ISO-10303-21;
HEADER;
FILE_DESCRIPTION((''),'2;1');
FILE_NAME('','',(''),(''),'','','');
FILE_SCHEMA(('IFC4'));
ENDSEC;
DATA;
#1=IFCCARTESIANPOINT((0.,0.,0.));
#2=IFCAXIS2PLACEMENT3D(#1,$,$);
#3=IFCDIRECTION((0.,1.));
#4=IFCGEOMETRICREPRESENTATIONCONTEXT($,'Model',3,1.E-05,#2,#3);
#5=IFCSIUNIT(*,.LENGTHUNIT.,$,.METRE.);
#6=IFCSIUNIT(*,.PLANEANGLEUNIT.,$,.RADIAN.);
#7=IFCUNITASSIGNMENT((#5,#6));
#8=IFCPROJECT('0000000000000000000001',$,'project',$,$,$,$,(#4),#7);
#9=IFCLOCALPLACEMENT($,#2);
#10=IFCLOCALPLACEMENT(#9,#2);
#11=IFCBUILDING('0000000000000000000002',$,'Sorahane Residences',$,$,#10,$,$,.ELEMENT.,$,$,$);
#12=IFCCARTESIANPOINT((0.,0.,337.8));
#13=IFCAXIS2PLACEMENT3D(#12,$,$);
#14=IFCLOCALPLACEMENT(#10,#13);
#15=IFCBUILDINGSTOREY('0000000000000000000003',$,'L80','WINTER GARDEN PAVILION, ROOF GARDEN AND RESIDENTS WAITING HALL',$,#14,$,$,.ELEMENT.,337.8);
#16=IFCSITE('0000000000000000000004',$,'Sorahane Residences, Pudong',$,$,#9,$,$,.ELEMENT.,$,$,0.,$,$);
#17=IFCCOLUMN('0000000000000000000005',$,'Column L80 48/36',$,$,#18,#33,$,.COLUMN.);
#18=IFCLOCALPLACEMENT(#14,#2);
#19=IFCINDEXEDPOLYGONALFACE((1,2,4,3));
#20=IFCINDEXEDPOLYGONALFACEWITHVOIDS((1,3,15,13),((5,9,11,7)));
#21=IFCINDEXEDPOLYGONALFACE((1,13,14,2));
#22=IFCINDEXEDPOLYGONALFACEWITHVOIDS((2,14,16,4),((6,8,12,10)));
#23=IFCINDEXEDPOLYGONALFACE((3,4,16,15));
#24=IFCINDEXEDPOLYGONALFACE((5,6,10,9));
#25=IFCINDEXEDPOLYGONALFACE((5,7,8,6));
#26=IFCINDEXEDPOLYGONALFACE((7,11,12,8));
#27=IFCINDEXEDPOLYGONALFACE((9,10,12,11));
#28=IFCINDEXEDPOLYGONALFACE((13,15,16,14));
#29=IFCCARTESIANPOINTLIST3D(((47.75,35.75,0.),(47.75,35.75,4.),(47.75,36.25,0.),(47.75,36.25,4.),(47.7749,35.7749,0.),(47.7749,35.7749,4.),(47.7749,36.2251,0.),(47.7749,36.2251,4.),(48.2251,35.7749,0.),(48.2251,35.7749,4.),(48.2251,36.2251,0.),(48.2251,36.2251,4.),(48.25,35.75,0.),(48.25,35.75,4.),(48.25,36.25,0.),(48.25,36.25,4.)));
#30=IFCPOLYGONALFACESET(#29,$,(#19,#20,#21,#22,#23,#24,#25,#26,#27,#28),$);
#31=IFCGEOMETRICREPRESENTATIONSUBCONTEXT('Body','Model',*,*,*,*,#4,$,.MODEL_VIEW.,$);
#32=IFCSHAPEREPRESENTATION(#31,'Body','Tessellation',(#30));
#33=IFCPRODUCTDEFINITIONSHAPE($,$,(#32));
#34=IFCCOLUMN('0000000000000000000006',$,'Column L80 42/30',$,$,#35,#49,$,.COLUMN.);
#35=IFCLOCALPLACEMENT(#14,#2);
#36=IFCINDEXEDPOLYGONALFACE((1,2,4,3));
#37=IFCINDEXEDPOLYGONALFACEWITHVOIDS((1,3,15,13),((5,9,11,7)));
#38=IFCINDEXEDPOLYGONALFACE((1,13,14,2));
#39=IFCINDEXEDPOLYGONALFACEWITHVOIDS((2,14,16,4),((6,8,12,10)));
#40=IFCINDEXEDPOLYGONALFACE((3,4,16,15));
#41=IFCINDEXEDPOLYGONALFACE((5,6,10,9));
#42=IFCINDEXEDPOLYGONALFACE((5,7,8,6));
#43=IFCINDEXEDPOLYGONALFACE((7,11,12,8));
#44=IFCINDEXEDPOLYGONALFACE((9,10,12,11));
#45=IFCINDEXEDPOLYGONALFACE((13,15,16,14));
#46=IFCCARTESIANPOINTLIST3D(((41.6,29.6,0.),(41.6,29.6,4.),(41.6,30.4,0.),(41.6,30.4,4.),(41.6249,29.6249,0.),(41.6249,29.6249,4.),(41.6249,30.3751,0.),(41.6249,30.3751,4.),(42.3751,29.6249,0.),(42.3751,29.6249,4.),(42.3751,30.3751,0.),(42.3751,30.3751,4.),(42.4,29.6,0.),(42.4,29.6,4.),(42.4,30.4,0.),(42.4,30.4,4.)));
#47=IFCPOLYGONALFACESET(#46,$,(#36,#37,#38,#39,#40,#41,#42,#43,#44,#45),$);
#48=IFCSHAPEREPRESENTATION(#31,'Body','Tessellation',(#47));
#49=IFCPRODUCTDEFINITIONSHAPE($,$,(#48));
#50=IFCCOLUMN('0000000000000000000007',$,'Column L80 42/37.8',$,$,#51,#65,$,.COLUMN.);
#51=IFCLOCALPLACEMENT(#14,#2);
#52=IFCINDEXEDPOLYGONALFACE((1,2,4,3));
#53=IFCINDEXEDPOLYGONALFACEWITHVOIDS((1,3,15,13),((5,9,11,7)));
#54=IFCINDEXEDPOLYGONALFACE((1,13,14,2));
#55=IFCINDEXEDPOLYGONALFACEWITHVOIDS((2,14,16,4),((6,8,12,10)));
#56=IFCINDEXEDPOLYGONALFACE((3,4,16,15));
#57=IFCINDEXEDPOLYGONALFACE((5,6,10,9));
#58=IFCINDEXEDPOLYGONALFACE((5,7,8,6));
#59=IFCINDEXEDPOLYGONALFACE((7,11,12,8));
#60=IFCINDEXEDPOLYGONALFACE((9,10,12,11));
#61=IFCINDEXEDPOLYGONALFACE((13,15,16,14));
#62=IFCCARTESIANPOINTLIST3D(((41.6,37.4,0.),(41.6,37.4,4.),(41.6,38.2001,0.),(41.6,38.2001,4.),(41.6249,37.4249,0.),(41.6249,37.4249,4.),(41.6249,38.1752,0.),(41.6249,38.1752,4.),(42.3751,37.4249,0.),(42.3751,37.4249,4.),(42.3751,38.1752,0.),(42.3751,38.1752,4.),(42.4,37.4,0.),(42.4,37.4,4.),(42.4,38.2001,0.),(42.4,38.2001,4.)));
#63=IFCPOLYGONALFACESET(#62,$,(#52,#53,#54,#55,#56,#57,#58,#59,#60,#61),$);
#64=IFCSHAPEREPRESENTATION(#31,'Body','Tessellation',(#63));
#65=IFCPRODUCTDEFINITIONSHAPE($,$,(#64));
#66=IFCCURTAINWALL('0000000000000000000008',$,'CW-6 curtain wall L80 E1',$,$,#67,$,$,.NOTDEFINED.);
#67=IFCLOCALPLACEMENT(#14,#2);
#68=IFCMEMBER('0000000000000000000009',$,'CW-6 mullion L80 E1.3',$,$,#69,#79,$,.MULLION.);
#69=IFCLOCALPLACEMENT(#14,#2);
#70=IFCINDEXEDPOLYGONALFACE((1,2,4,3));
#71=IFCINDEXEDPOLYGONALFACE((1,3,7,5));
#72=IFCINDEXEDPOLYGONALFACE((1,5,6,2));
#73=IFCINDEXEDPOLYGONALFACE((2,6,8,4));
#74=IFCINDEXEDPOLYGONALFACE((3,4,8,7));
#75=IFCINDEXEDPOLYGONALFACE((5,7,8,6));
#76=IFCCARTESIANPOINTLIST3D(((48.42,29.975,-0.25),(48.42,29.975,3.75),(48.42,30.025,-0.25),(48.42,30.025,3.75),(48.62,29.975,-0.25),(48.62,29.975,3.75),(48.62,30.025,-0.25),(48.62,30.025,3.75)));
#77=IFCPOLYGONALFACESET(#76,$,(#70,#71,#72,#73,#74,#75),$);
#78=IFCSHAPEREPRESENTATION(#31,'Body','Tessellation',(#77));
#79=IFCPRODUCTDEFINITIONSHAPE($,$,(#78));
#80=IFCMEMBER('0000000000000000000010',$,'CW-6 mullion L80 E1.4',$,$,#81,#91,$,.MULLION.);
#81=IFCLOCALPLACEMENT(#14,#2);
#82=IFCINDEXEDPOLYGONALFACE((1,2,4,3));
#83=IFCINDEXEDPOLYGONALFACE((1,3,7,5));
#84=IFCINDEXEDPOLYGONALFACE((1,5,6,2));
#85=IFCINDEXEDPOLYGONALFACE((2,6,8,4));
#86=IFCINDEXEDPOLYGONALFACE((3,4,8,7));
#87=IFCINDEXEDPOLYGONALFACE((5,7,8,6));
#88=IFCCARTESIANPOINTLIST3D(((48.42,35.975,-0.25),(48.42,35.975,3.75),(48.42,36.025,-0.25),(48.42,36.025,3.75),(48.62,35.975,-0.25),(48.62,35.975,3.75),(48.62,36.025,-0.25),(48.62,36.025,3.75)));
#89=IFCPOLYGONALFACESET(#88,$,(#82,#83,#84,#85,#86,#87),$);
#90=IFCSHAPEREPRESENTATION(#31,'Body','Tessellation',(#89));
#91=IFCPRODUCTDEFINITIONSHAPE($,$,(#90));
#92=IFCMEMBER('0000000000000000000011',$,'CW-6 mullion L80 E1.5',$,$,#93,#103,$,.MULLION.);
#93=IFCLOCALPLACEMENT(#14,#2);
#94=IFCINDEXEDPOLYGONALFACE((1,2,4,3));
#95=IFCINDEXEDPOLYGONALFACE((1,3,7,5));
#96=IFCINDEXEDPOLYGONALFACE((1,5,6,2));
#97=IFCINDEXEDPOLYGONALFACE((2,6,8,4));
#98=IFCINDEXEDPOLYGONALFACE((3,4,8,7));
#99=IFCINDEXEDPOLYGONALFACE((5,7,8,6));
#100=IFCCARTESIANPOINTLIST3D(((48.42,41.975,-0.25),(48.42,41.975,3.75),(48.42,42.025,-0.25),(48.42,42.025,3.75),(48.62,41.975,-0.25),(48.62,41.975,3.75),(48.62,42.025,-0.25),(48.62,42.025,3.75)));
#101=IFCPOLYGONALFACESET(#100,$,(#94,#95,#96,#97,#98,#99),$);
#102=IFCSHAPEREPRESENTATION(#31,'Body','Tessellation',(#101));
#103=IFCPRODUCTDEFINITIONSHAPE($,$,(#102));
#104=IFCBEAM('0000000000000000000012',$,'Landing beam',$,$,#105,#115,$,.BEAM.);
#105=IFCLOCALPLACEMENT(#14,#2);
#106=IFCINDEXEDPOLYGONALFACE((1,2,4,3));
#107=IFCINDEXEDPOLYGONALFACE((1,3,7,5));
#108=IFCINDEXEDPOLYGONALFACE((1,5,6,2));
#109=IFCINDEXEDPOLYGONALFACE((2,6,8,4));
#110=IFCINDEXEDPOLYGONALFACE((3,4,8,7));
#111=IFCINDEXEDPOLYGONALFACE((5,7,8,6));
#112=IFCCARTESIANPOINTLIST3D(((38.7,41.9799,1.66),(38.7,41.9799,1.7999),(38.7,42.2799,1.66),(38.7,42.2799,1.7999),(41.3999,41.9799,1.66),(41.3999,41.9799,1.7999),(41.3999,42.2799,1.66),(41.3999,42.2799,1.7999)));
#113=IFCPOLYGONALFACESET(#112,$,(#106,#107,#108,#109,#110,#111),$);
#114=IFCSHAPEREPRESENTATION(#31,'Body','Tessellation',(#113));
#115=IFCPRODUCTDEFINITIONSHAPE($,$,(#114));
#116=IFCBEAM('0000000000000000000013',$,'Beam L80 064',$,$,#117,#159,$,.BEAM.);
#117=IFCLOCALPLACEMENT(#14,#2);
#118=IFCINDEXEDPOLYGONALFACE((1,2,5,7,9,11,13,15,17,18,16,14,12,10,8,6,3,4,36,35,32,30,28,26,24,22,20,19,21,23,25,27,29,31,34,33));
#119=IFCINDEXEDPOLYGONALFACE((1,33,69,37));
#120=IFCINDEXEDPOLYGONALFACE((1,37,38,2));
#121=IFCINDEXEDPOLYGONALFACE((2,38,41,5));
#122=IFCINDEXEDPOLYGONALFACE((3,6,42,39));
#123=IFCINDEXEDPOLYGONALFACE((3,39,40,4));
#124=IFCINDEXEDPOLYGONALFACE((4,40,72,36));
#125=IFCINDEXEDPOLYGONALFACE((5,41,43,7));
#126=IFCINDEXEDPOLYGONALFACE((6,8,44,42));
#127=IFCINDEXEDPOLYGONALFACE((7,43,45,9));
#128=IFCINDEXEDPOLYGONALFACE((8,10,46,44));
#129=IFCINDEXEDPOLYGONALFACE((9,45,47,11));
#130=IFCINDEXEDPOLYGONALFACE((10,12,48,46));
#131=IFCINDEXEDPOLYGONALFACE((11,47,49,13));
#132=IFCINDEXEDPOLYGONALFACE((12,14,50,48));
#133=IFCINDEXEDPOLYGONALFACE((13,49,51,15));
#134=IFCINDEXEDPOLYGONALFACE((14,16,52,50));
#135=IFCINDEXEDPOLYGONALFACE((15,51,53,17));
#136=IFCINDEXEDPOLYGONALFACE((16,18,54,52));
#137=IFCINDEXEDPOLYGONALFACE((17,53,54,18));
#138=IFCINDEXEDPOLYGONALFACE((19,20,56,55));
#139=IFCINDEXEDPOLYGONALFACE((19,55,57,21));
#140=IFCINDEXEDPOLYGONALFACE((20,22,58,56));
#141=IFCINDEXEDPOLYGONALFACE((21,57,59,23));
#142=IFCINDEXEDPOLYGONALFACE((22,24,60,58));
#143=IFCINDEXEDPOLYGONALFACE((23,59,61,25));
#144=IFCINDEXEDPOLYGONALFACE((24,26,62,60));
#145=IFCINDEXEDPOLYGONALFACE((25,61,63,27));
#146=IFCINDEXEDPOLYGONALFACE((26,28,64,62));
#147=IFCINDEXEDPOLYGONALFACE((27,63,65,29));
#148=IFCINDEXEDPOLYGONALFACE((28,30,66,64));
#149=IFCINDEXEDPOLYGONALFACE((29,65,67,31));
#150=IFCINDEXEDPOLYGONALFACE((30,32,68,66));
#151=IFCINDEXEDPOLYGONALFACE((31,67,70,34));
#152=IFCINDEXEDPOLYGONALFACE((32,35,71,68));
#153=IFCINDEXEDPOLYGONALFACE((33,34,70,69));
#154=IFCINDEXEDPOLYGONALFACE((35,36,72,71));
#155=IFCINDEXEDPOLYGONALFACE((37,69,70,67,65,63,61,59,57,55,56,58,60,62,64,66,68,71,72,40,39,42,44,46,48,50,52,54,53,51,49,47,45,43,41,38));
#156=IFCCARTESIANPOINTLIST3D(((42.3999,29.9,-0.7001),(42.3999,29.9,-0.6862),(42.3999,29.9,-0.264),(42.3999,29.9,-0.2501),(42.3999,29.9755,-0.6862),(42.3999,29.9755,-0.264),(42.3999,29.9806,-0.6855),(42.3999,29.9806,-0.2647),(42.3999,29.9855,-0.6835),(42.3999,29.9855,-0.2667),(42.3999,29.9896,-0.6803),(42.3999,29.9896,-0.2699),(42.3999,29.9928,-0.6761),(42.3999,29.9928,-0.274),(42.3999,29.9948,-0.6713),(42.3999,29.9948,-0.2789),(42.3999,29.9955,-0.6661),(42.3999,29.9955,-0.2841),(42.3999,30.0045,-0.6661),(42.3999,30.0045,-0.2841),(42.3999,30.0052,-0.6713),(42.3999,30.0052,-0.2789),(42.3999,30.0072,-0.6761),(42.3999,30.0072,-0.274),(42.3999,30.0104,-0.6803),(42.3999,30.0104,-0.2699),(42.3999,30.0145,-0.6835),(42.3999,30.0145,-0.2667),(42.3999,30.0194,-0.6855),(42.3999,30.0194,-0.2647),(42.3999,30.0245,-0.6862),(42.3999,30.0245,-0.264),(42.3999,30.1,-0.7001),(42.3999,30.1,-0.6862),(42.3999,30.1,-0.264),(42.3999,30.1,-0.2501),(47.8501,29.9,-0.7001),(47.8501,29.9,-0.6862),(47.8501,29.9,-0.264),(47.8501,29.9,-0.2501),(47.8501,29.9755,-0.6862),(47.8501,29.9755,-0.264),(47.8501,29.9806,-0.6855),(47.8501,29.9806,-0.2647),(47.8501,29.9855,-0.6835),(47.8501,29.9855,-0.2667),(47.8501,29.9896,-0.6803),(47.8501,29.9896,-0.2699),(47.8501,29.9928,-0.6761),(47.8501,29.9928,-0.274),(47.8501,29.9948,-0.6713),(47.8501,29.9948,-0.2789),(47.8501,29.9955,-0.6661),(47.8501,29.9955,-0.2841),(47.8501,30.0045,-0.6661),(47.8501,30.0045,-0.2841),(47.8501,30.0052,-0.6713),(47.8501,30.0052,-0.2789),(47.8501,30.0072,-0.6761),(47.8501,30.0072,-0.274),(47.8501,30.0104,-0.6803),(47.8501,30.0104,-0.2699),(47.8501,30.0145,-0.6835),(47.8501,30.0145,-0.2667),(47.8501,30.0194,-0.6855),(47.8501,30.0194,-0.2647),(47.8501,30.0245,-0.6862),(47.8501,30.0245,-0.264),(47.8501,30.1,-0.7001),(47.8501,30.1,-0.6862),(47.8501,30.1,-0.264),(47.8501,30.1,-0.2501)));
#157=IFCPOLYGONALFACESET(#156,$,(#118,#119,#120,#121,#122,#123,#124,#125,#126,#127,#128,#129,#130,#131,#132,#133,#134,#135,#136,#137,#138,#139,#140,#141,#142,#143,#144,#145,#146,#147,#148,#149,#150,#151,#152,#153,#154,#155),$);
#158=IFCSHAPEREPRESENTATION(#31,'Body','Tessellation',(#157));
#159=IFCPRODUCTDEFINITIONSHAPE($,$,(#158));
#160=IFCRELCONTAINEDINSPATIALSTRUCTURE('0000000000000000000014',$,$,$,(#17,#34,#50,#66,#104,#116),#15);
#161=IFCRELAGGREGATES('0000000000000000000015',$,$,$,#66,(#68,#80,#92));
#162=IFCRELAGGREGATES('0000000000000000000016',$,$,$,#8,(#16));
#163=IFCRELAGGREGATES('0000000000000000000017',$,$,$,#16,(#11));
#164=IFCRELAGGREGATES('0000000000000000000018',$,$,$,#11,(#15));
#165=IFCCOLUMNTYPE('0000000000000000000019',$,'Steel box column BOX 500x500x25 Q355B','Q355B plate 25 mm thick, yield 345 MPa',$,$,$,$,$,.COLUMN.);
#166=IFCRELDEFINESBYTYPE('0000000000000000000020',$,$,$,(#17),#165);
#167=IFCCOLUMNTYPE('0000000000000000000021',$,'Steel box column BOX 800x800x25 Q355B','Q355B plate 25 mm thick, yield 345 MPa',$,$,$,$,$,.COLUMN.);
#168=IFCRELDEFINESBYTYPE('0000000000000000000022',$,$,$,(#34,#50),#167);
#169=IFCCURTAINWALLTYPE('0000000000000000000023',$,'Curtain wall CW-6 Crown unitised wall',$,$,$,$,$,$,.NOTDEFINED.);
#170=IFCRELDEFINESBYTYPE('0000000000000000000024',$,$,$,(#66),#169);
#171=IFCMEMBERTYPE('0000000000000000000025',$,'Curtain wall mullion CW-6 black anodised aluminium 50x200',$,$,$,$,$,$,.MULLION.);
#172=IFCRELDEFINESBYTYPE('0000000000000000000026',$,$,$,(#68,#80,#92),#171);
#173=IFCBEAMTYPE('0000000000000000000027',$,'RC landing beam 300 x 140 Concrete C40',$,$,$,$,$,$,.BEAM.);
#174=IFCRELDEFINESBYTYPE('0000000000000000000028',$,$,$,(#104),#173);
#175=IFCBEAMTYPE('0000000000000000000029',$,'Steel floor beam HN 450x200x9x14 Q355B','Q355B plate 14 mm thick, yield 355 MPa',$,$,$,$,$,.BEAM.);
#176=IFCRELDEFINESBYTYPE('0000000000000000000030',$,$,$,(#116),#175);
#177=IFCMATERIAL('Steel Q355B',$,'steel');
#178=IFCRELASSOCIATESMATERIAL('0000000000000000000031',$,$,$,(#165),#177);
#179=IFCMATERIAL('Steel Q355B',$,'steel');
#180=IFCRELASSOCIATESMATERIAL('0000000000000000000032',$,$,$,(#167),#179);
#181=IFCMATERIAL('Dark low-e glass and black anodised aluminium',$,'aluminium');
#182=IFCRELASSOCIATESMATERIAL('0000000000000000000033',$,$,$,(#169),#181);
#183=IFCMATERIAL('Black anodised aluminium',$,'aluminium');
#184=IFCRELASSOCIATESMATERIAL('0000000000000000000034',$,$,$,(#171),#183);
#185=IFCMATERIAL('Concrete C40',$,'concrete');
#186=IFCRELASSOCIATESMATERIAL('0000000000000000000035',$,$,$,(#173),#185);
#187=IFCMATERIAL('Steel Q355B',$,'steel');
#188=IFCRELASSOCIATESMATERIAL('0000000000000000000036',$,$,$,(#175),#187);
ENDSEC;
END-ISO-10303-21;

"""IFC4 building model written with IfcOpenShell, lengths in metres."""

from ifc_helpers import new_model, si_unit, direction, frame, origin, origin_2d, place, context, subcontext, project, spatial, rectangle, hollow_rectangle, i_section, extrude, material, material_profile, profile_set, type_object, element, aggregate, save


model = new_model("IFC4")

# Units and contexts
model_context = context("Model", 3, precision=1e-05, world=origin(), true_north=direction((0.0, 1.0)))
body_context = subcontext(model_context, "Body", "Model", "MODEL_VIEW")
ifc_project = project(units=[si_unit("LENGTHUNIT", "METRE"), si_unit("PLANEANGLEUNIT", "RADIAN")], contexts=[model_context])

# Site, building, storey
site_placement = place(None, origin())
site = spatial("IfcSite", under=ifc_project, at=site_placement, Name="Sorahane Residences, Pudong", CompositionType="ELEMENT", RefElevation=0.0)
building_placement = place(site_placement, origin())
building = spatial("IfcBuilding", under=site, at=building_placement, Name="Sorahane Residences", CompositionType="ELEMENT")
storey_placement = place(building_placement, frame((0.0, 0.0, 337.8)))
storey = spatial("IfcBuildingStorey", under=building, at=storey_placement, Name="L80", Description="WINTER GARDEN PAVILION, ROOF GARDEN AND RESIDENTS WAITING HALL", CompositionType="ELEMENT", Elevation=337.8)

# Columns
ifc_material_1 = material(Name="Steel Q355B", Category="steel")
ifc_material_profile_1 = material_profile(ifc_material_1, hollow_rectangle(XDim=0.5, YDim=0.5, WallThickness=0.0249, at=origin_2d()), Name="BOX 500x500x25")
ifc_profile_set_1 = profile_set([ifc_material_profile_1], Name="Steel Q355B")
column_type_1 = type_object("IfcColumnType", Name="Steel box column BOX 500x500x25 Q355B", Description="Q355B plate 25 mm thick, yield 345 MPa", PredefinedType="COLUMN", material=ifc_profile_set_1)
column_placement = place(storey_placement, frame((48.0, 36.0, 0.0), z_axis=(0.0, 0.0, 1.0), x_axis=(1.0, 0.0, 0.0)))
element("IfcColumn", 1, at=column_placement, inside=storey, type_object=column_type_1, Name="Column L80 48/36", PredefinedType="COLUMN", context=body_context, shape_type="SweptSolid", body=[
    extrude(hollow_rectangle(XDim=0.5, YDim=0.5, WallThickness=0.0249, at=origin_2d()), origin(), (0.0, 0.0, 1.0), 4.0),
])
ifc_material_2 = material(Name="Steel Q355B", Category="steel")
ifc_material_profile_2 = material_profile(ifc_material_2, hollow_rectangle(XDim=0.8, YDim=0.8, WallThickness=0.0249, at=origin_2d()), Name="BOX 800x800x25")
ifc_profile_set_2 = profile_set([ifc_material_profile_2], Name="Steel Q355B")
column_type_2 = type_object("IfcColumnType", Name="Steel box column BOX 800x800x25 Q355B", Description="Q355B plate 25 mm thick, yield 345 MPa", PredefinedType="COLUMN", material=ifc_profile_set_2)
for number, where, z_axis, x_axis, name in (
    (2, (42.0, 30.0, 0.0), (0.0, 0.0, 1.0), (1.0, 0.0, 0.0), "Column L80 42/30"),
    (3, (42.0, 37.8, 0.0), (0.0, 0.0, 1.0), (1.0, 0.0, 0.0), "Column L80 42/37.8"),
):
    element("IfcColumn", number, at=place(storey_placement, frame(where, z_axis=z_axis, x_axis=x_axis)), inside=storey, type_object=column_type_2, Name=name, PredefinedType="COLUMN", context=body_context, shape_type="SweptSolid", body=[
        extrude(hollow_rectangle(XDim=0.8, YDim=0.8, WallThickness=0.0249, at=origin_2d()), origin(), (0.0, 0.0, 1.0), 4.0),
    ])

# Curtain wall, members
ifc_material_3 = material(Name="Dark low-e glass and black anodised aluminium", Category="aluminium")
curtain_wall_type = type_object("IfcCurtainWallType", Name="Curtain wall CW-6 Crown unitised wall", PredefinedType="NOTDEFINED", material=ifc_material_3)
curtain_wall_placement = place(storey_placement, origin())
curtain_wall = element("IfcCurtainWall", 4, at=curtain_wall_placement, inside=storey, type_object=curtain_wall_type, Name="CW-6 curtain wall L80 E1", PredefinedType="NOTDEFINED")
ifc_material_4 = material(Name="Black anodised aluminium", Category="aluminium")
ifc_material_profile_3 = material_profile(ifc_material_4, rectangle(XDim=0.2, YDim=0.05, at=origin_2d()), Name="Curtain wall mullion CW-6 black anodised aluminium 50x200")
ifc_profile_set_3 = profile_set([ifc_material_profile_3], Name="Black anodised aluminium")
member_type = type_object("IfcMemberType", Name="Curtain wall mullion CW-6 black anodised aluminium 50x200", PredefinedType="MULLION", material=ifc_profile_set_3)
member_1_placement = place(storey_placement, frame((48.52, 30.0, -0.25), z_axis=(0.0, 0.0, 1.0), x_axis=(1.0, 0.0, 0.0)))
member_1 = element("IfcMember", 5, at=member_1_placement, type_object=member_type, Name="CW-6 mullion L80 E1.3", PredefinedType="MULLION", context=body_context, shape_type="SweptSolid", body=[
    extrude(rectangle(XDim=0.2, YDim=0.05, at=origin_2d()), origin(), (0.0, 0.0, 1.0), 4.0),
])
member_2_placement = place(storey_placement, frame((48.52, 36.0, -0.25), z_axis=(0.0, 0.0, 1.0), x_axis=(1.0, 0.0, 0.0)))
member_2 = element("IfcMember", 6, at=member_2_placement, type_object=member_type, Name="CW-6 mullion L80 E1.4", PredefinedType="MULLION", context=body_context, shape_type="SweptSolid", body=[
    extrude(rectangle(XDim=0.2, YDim=0.05, at=origin_2d()), origin(), (0.0, 0.0, 1.0), 4.0),
])
member_3_placement = place(storey_placement, frame((48.52, 42.0, -0.25), z_axis=(0.0, 0.0, 1.0), x_axis=(1.0, 0.0, 0.0)))
member_3 = element("IfcMember", 7, at=member_3_placement, type_object=member_type, Name="CW-6 mullion L80 E1.5", PredefinedType="MULLION", context=body_context, shape_type="SweptSolid", body=[
    extrude(rectangle(XDim=0.2, YDim=0.05, at=origin_2d()), origin(), (0.0, 0.0, 1.0), 4.0),
])

# Beams
ifc_material_5 = material(Name="Concrete C40", Category="concrete")
ifc_material_profile_4 = material_profile(ifc_material_5, rectangle(XDim=0.3, YDim=0.1399, at=origin_2d()), Name="300x140")
ifc_profile_set_4 = profile_set([ifc_material_profile_4], Name="Concrete C40")
beam_type_1 = type_object("IfcBeamType", Name="RC landing beam 300 x 140 Concrete C40", PredefinedType="BEAM", material=ifc_profile_set_4)
beam_1_placement = place(storey_placement, frame((38.7, 42.1299, 1.73), z_axis=(1.0, 0.0, 0.0), x_axis=(0.0, 1.0, 0.0)))
element("IfcBeam", 8, at=beam_1_placement, inside=storey, type_object=beam_type_1, Name="Landing beam", PredefinedType="BEAM", context=body_context, shape_type="SweptSolid", body=[
    extrude(rectangle(XDim=0.3, YDim=0.1399, at=origin_2d()), origin(), (0.0, 0.0, 1.0), 2.7),
])
ifc_material_6 = material(Name="Steel Q355B", Category="steel")
ifc_material_profile_5 = material_profile(ifc_material_6, i_section(OverallWidth=0.2, OverallDepth=0.45, WebThickness=0.009, FlangeThickness=0.0139, FilletRadius=0.02, at=origin_2d()), Name="HN 450x200x9x14")
ifc_profile_set_5 = profile_set([ifc_material_profile_5], Name="Steel Q355B")
beam_type_2 = type_object("IfcBeamType", Name="Steel floor beam HN 450x200x9x14 Q355B", Description="Q355B plate 14 mm thick, yield 355 MPa", PredefinedType="BEAM", material=ifc_profile_set_5)
beam_2_placement = place(storey_placement, frame((42.3999, 30.0, -0.4751), z_axis=(1.0, 0.0, 0.0), x_axis=(0.0, 1.0, 0.0)))
element("IfcBeam", 9, at=beam_2_placement, inside=storey, type_object=beam_type_2, Name="Beam L80 064", PredefinedType="BEAM", context=body_context, shape_type="SweptSolid", body=[
    extrude(i_section(OverallWidth=0.2, OverallDepth=0.45, WebThickness=0.009, FlangeThickness=0.0139, FilletRadius=0.02, at=origin_2d()), origin(), (0.0, 0.0, 1.0), 5.4502),
])

aggregate(curtain_wall, [member_1, member_2, member_3])

save(model, "model.ifc")
